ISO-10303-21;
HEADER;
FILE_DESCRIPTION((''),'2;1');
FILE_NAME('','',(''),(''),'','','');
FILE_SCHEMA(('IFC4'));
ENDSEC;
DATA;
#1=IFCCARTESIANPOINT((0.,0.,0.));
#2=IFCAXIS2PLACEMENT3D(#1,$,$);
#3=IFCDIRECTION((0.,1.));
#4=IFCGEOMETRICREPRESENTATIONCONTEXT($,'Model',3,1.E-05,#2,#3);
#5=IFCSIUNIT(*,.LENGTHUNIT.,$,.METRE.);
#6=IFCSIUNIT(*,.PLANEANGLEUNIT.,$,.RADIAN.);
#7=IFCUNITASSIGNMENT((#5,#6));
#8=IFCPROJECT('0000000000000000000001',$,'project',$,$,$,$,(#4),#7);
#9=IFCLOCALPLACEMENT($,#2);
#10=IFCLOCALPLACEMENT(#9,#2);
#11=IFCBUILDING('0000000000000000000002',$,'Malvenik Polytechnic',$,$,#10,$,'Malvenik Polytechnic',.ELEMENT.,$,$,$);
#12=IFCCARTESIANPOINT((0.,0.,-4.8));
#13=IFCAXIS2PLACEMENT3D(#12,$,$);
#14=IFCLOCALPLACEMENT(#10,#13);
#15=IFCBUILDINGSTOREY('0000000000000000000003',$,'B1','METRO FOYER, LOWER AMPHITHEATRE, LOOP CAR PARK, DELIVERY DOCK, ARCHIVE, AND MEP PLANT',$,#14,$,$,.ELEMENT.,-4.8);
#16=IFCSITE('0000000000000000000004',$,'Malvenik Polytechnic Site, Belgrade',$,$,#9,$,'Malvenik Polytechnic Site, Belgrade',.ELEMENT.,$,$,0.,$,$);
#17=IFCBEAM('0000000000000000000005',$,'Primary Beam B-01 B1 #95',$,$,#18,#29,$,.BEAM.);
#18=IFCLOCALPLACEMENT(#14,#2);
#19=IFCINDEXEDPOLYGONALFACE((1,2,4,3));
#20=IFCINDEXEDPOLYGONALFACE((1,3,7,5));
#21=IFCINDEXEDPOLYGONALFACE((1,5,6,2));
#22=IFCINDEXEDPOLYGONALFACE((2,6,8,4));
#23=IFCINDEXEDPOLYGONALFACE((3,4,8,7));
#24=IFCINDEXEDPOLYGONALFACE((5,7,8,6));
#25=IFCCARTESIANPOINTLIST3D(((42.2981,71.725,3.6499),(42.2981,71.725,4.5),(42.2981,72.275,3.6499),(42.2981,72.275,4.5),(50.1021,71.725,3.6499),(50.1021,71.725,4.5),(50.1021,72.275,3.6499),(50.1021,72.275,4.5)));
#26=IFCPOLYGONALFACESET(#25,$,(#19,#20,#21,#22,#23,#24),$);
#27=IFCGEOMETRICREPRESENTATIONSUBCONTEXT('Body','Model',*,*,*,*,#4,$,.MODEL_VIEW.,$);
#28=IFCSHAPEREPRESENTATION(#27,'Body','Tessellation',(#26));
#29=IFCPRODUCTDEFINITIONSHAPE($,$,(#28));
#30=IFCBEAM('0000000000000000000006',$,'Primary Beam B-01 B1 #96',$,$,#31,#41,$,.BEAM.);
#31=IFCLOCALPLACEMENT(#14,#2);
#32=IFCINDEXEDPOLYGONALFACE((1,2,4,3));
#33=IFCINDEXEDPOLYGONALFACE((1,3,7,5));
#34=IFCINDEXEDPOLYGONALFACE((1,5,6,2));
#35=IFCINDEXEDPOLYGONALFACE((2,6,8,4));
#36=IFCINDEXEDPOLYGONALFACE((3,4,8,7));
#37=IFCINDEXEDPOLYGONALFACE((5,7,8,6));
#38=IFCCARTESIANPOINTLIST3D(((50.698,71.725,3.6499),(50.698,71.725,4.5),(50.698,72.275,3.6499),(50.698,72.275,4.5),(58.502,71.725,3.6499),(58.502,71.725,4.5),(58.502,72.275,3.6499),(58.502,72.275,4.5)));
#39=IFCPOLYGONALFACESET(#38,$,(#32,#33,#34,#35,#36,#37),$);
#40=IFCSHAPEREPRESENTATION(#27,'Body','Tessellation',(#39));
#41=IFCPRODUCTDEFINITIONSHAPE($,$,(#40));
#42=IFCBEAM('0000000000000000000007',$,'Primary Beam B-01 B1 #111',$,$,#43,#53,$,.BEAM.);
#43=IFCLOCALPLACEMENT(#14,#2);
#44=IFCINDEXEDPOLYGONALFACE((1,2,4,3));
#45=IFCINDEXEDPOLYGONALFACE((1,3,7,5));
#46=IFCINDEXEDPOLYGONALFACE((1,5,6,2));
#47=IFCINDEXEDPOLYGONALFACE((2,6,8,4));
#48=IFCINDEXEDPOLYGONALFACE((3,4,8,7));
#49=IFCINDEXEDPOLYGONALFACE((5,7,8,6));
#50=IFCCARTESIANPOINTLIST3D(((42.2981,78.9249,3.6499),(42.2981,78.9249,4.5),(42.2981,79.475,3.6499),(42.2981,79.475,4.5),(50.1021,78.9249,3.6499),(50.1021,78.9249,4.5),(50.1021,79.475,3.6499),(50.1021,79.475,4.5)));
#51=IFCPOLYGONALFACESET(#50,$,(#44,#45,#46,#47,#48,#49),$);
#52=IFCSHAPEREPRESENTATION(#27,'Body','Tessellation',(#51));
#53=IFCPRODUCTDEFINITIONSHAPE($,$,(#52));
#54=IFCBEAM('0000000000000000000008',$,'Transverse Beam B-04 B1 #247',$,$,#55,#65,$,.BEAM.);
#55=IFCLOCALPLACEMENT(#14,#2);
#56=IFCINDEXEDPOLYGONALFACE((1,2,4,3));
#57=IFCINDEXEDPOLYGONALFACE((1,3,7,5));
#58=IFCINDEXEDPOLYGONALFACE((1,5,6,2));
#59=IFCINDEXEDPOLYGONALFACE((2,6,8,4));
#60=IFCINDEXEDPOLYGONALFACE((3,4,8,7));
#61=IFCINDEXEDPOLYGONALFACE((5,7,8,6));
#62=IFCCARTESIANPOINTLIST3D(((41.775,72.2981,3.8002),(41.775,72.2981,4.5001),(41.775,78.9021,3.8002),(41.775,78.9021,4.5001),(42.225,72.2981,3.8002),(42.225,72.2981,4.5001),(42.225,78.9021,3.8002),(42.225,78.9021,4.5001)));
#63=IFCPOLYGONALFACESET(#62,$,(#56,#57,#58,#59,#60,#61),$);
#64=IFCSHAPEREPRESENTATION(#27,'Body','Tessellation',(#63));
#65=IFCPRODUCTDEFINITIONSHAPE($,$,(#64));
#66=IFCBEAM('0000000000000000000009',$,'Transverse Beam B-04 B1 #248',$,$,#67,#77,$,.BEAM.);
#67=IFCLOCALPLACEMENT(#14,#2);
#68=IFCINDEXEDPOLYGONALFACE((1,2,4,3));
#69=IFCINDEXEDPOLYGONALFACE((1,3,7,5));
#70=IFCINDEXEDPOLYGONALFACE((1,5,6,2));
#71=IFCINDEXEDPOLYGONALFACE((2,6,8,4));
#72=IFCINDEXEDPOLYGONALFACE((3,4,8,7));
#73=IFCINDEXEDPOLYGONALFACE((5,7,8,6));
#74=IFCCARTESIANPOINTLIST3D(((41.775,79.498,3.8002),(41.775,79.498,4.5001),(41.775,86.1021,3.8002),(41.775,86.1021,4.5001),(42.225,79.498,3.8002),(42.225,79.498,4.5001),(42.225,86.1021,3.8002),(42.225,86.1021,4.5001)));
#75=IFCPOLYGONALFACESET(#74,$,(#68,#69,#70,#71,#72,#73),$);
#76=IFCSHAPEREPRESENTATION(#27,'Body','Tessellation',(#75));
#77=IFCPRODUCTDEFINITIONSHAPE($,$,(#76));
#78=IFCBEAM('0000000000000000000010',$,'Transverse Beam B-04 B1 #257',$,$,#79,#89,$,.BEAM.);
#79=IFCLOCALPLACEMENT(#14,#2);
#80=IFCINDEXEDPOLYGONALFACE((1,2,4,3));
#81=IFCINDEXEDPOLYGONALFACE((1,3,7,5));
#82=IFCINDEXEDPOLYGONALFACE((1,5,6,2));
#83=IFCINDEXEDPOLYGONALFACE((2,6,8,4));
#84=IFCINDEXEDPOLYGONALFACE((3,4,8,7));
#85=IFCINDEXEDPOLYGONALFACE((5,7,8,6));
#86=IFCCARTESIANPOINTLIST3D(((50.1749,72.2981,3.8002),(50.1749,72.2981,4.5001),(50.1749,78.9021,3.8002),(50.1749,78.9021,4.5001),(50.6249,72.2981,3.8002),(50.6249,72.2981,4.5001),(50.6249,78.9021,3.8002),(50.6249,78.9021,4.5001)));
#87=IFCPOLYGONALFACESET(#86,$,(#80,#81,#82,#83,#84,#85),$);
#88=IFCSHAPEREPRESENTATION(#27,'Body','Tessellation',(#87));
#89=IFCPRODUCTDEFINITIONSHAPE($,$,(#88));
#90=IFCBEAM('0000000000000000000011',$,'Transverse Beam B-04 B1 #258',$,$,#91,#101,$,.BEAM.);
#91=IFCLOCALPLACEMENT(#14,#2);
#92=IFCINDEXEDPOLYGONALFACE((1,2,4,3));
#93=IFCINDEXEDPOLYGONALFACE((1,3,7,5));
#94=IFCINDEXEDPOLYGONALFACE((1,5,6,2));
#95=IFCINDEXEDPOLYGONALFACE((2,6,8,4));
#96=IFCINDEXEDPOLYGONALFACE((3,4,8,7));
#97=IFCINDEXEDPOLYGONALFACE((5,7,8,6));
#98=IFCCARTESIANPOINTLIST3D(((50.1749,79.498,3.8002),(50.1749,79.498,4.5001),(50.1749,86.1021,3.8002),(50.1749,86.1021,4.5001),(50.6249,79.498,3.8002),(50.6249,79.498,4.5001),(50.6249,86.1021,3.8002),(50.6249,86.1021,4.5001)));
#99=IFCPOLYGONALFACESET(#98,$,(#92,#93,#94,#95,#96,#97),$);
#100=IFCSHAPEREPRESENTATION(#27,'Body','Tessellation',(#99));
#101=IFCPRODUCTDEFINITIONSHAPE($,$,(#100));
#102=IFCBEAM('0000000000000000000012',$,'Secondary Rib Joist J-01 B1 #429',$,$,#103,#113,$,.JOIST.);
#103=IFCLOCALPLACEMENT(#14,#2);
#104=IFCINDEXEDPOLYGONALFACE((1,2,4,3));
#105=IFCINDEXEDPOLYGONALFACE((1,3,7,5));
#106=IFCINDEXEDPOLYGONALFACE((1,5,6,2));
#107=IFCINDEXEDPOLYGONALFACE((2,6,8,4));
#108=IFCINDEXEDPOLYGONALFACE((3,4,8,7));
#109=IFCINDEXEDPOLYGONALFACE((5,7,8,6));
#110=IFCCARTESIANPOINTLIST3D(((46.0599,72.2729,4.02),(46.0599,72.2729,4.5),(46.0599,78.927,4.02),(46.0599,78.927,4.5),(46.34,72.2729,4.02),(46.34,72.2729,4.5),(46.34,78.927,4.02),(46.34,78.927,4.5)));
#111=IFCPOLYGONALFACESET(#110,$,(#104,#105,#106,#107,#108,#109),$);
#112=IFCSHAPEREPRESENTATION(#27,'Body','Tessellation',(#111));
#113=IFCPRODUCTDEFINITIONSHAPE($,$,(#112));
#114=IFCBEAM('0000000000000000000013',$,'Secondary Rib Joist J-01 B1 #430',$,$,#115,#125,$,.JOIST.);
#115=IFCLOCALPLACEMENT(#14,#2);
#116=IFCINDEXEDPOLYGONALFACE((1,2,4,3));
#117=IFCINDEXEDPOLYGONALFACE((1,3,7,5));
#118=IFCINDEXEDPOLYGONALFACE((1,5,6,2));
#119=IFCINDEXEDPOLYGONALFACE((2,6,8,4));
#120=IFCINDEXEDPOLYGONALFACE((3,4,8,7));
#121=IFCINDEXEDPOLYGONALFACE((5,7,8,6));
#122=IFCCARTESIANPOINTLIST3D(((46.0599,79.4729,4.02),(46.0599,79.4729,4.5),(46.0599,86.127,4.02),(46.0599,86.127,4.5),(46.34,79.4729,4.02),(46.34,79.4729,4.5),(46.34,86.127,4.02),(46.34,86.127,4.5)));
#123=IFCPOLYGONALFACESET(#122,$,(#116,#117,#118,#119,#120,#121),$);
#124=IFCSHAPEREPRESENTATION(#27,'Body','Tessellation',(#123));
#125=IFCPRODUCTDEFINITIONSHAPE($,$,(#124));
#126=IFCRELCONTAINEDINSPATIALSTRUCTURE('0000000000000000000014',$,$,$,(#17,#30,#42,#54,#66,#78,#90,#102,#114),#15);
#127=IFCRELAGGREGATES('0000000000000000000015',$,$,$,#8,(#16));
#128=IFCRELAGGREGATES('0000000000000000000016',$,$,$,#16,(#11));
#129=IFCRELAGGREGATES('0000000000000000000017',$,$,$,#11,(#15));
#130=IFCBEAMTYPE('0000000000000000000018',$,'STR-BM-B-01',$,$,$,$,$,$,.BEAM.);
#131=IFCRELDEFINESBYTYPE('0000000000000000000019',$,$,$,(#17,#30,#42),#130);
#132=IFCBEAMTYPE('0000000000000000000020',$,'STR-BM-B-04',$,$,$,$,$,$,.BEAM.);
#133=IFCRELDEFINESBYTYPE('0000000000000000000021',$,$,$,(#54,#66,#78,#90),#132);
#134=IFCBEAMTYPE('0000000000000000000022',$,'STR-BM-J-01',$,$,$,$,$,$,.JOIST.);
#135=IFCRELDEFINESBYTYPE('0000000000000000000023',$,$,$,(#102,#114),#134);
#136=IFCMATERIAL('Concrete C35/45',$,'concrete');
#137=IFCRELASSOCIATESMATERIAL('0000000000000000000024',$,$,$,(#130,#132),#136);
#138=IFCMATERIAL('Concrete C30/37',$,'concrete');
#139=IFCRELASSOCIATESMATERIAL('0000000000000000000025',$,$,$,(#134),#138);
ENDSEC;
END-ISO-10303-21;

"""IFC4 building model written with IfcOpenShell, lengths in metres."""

from ifc_helpers import new_model, si_unit, direction, frame, origin, origin_2d, place, context, subcontext, project, spatial, rectangle, extrude, material, material_profile, profile_set, type_object, element, save


model = new_model("IFC4")

# Units and contexts
model_context = context("Model", 3, precision=1e-05, world=origin(), true_north=direction((0.0, 1.0)))
body_context = subcontext(model_context, "Body", "Model", "MODEL_VIEW")
ifc_project = project(units=[si_unit("LENGTHUNIT", "METRE"), si_unit("PLANEANGLEUNIT", "RADIAN")], contexts=[model_context])

# Site, building, storey
site_placement = place(None, origin())
site = spatial("IfcSite", under=ifc_project, at=site_placement, Name="Malvenik Polytechnic Site, Belgrade", LongName="Malvenik Polytechnic Site, Belgrade", CompositionType="ELEMENT", RefElevation=0.0)
building_placement = place(site_placement, origin())
building = spatial("IfcBuilding", under=site, at=building_placement, Name="Malvenik Polytechnic", LongName="Malvenik Polytechnic", CompositionType="ELEMENT")
storey_placement = place(building_placement, frame((0.0, 0.0, -4.8)))
storey = spatial("IfcBuildingStorey", under=building, at=storey_placement, Name="B1", Description="METRO FOYER, LOWER AMPHITHEATRE, LOOP CAR PARK, DELIVERY DOCK, ARCHIVE, AND MEP PLANT", CompositionType="ELEMENT", Elevation=-4.8)

# Shared definitions
ifc_material_1 = material(Name="Concrete C35/45", Category="concrete")

# Beams
ifc_material_profile_1 = material_profile(ifc_material_1, rectangle(XDim=0.55, YDim=0.8501, at=origin_2d()), Name="RC BM 550x850")
ifc_profile_set_1 = profile_set([ifc_material_profile_1], Name="Concrete C35/45")
beam_type_1 = type_object("IfcBeamType", Name="STR-BM-B-01", PredefinedType="BEAM", material=ifc_profile_set_1)
for number, where, z_axis, x_axis, name in (
    (1, (42.2981, 72.0, 4.075), (1.0, 0.0, 0.0), (0.0, 1.0, 0.0), "Primary Beam B-01 B1 #95"),
    (2, (50.698, 72.0, 4.075), (1.0, 0.0, 0.0), (0.0, 1.0, 0.0), "Primary Beam B-01 B1 #96"),
    (3, (42.2981, 79.2, 4.075), (1.0, 0.0, 0.0), (0.0, 1.0, 0.0), "Primary Beam B-01 B1 #111"),
):
    element("IfcBeam", number, at=place(storey_placement, frame(where, z_axis=z_axis, x_axis=x_axis)), inside=storey, type_object=beam_type_1, Name=name, PredefinedType="BEAM", context=body_context, shape_type="SweptSolid", body=[
        extrude(rectangle(XDim=0.55, YDim=0.8501, at=origin_2d()), origin(), (0.0, 0.0, 1.0), 7.804),
    ])
ifc_material_profile_2 = material_profile(ifc_material_1, rectangle(XDim=0.45, YDim=0.7, at=origin_2d()), Name="RC BM 450x700")
ifc_profile_set_2 = profile_set([ifc_material_profile_2], Name="Concrete C35/45")
beam_type_2 = type_object("IfcBeamType", Name="STR-BM-B-04", PredefinedType="BEAM", material=ifc_profile_set_2)
for number, where, z_axis, x_axis, name in (
    (4, (42.0, 72.2981, 4.1501), (0.0, 1.0, 0.0), (-1.0, 0.0, 0.0), "Transverse Beam B-04 B1 #247"),
    (5, (42.0, 79.498, 4.1501), (0.0, 1.0, 0.0), (-1.0, 0.0, 0.0), "Transverse Beam B-04 B1 #248"),
    (6, (50.3999, 72.2981, 4.1501), (0.0, 1.0, 0.0), (-1.0, 0.0, 0.0), "Transverse Beam B-04 B1 #257"),
    (7, (50.3999, 79.498, 4.1501), (0.0, 1.0, 0.0), (-1.0, 0.0, 0.0), "Transverse Beam B-04 B1 #258"),
):
    element("IfcBeam", number, at=place(storey_placement, frame(where, z_axis=z_axis, x_axis=x_axis)), inside=storey, type_object=beam_type_2, Name=name, PredefinedType="BEAM", context=body_context, shape_type="SweptSolid", body=[
        extrude(rectangle(XDim=0.45, YDim=0.7, at=origin_2d()), origin(), (0.0, 0.0, 1.0), 6.604),
    ])
ifc_material_2 = material(Name="Concrete C30/37", Category="concrete")
ifc_material_profile_3 = material_profile(ifc_material_2, rectangle(XDim=0.28, YDim=0.48, at=origin_2d()), Name="RC JST 280x480")
ifc_profile_set_3 = profile_set([ifc_material_profile_3], Name="Concrete C30/37")
beam_type_3 = type_object("IfcBeamType", Name="STR-BM-J-01", PredefinedType="JOIST", material=ifc_profile_set_3)
for number, where, z_axis, x_axis, name in (
    (8, (46.2, 72.2729, 4.26), (0.0, 1.0, 0.0), (-1.0, 0.0, 0.0), "Secondary Rib Joist J-01 B1 #429"),
    (9, (46.2, 79.4729, 4.26), (0.0, 1.0, 0.0), (-1.0, 0.0, 0.0), "Secondary Rib Joist J-01 B1 #430"),
):
    element("IfcBeam", number, at=place(storey_placement, frame(where, z_axis=z_axis, x_axis=x_axis)), inside=storey, type_object=beam_type_3, Name=name, PredefinedType="JOIST", context=body_context, shape_type="SweptSolid", body=[
        extrude(rectangle(XDim=0.28, YDim=0.48, at=origin_2d()), origin(), (0.0, 0.0, 1.0), 6.6541),
    ])

save(model, "model.ifc")
